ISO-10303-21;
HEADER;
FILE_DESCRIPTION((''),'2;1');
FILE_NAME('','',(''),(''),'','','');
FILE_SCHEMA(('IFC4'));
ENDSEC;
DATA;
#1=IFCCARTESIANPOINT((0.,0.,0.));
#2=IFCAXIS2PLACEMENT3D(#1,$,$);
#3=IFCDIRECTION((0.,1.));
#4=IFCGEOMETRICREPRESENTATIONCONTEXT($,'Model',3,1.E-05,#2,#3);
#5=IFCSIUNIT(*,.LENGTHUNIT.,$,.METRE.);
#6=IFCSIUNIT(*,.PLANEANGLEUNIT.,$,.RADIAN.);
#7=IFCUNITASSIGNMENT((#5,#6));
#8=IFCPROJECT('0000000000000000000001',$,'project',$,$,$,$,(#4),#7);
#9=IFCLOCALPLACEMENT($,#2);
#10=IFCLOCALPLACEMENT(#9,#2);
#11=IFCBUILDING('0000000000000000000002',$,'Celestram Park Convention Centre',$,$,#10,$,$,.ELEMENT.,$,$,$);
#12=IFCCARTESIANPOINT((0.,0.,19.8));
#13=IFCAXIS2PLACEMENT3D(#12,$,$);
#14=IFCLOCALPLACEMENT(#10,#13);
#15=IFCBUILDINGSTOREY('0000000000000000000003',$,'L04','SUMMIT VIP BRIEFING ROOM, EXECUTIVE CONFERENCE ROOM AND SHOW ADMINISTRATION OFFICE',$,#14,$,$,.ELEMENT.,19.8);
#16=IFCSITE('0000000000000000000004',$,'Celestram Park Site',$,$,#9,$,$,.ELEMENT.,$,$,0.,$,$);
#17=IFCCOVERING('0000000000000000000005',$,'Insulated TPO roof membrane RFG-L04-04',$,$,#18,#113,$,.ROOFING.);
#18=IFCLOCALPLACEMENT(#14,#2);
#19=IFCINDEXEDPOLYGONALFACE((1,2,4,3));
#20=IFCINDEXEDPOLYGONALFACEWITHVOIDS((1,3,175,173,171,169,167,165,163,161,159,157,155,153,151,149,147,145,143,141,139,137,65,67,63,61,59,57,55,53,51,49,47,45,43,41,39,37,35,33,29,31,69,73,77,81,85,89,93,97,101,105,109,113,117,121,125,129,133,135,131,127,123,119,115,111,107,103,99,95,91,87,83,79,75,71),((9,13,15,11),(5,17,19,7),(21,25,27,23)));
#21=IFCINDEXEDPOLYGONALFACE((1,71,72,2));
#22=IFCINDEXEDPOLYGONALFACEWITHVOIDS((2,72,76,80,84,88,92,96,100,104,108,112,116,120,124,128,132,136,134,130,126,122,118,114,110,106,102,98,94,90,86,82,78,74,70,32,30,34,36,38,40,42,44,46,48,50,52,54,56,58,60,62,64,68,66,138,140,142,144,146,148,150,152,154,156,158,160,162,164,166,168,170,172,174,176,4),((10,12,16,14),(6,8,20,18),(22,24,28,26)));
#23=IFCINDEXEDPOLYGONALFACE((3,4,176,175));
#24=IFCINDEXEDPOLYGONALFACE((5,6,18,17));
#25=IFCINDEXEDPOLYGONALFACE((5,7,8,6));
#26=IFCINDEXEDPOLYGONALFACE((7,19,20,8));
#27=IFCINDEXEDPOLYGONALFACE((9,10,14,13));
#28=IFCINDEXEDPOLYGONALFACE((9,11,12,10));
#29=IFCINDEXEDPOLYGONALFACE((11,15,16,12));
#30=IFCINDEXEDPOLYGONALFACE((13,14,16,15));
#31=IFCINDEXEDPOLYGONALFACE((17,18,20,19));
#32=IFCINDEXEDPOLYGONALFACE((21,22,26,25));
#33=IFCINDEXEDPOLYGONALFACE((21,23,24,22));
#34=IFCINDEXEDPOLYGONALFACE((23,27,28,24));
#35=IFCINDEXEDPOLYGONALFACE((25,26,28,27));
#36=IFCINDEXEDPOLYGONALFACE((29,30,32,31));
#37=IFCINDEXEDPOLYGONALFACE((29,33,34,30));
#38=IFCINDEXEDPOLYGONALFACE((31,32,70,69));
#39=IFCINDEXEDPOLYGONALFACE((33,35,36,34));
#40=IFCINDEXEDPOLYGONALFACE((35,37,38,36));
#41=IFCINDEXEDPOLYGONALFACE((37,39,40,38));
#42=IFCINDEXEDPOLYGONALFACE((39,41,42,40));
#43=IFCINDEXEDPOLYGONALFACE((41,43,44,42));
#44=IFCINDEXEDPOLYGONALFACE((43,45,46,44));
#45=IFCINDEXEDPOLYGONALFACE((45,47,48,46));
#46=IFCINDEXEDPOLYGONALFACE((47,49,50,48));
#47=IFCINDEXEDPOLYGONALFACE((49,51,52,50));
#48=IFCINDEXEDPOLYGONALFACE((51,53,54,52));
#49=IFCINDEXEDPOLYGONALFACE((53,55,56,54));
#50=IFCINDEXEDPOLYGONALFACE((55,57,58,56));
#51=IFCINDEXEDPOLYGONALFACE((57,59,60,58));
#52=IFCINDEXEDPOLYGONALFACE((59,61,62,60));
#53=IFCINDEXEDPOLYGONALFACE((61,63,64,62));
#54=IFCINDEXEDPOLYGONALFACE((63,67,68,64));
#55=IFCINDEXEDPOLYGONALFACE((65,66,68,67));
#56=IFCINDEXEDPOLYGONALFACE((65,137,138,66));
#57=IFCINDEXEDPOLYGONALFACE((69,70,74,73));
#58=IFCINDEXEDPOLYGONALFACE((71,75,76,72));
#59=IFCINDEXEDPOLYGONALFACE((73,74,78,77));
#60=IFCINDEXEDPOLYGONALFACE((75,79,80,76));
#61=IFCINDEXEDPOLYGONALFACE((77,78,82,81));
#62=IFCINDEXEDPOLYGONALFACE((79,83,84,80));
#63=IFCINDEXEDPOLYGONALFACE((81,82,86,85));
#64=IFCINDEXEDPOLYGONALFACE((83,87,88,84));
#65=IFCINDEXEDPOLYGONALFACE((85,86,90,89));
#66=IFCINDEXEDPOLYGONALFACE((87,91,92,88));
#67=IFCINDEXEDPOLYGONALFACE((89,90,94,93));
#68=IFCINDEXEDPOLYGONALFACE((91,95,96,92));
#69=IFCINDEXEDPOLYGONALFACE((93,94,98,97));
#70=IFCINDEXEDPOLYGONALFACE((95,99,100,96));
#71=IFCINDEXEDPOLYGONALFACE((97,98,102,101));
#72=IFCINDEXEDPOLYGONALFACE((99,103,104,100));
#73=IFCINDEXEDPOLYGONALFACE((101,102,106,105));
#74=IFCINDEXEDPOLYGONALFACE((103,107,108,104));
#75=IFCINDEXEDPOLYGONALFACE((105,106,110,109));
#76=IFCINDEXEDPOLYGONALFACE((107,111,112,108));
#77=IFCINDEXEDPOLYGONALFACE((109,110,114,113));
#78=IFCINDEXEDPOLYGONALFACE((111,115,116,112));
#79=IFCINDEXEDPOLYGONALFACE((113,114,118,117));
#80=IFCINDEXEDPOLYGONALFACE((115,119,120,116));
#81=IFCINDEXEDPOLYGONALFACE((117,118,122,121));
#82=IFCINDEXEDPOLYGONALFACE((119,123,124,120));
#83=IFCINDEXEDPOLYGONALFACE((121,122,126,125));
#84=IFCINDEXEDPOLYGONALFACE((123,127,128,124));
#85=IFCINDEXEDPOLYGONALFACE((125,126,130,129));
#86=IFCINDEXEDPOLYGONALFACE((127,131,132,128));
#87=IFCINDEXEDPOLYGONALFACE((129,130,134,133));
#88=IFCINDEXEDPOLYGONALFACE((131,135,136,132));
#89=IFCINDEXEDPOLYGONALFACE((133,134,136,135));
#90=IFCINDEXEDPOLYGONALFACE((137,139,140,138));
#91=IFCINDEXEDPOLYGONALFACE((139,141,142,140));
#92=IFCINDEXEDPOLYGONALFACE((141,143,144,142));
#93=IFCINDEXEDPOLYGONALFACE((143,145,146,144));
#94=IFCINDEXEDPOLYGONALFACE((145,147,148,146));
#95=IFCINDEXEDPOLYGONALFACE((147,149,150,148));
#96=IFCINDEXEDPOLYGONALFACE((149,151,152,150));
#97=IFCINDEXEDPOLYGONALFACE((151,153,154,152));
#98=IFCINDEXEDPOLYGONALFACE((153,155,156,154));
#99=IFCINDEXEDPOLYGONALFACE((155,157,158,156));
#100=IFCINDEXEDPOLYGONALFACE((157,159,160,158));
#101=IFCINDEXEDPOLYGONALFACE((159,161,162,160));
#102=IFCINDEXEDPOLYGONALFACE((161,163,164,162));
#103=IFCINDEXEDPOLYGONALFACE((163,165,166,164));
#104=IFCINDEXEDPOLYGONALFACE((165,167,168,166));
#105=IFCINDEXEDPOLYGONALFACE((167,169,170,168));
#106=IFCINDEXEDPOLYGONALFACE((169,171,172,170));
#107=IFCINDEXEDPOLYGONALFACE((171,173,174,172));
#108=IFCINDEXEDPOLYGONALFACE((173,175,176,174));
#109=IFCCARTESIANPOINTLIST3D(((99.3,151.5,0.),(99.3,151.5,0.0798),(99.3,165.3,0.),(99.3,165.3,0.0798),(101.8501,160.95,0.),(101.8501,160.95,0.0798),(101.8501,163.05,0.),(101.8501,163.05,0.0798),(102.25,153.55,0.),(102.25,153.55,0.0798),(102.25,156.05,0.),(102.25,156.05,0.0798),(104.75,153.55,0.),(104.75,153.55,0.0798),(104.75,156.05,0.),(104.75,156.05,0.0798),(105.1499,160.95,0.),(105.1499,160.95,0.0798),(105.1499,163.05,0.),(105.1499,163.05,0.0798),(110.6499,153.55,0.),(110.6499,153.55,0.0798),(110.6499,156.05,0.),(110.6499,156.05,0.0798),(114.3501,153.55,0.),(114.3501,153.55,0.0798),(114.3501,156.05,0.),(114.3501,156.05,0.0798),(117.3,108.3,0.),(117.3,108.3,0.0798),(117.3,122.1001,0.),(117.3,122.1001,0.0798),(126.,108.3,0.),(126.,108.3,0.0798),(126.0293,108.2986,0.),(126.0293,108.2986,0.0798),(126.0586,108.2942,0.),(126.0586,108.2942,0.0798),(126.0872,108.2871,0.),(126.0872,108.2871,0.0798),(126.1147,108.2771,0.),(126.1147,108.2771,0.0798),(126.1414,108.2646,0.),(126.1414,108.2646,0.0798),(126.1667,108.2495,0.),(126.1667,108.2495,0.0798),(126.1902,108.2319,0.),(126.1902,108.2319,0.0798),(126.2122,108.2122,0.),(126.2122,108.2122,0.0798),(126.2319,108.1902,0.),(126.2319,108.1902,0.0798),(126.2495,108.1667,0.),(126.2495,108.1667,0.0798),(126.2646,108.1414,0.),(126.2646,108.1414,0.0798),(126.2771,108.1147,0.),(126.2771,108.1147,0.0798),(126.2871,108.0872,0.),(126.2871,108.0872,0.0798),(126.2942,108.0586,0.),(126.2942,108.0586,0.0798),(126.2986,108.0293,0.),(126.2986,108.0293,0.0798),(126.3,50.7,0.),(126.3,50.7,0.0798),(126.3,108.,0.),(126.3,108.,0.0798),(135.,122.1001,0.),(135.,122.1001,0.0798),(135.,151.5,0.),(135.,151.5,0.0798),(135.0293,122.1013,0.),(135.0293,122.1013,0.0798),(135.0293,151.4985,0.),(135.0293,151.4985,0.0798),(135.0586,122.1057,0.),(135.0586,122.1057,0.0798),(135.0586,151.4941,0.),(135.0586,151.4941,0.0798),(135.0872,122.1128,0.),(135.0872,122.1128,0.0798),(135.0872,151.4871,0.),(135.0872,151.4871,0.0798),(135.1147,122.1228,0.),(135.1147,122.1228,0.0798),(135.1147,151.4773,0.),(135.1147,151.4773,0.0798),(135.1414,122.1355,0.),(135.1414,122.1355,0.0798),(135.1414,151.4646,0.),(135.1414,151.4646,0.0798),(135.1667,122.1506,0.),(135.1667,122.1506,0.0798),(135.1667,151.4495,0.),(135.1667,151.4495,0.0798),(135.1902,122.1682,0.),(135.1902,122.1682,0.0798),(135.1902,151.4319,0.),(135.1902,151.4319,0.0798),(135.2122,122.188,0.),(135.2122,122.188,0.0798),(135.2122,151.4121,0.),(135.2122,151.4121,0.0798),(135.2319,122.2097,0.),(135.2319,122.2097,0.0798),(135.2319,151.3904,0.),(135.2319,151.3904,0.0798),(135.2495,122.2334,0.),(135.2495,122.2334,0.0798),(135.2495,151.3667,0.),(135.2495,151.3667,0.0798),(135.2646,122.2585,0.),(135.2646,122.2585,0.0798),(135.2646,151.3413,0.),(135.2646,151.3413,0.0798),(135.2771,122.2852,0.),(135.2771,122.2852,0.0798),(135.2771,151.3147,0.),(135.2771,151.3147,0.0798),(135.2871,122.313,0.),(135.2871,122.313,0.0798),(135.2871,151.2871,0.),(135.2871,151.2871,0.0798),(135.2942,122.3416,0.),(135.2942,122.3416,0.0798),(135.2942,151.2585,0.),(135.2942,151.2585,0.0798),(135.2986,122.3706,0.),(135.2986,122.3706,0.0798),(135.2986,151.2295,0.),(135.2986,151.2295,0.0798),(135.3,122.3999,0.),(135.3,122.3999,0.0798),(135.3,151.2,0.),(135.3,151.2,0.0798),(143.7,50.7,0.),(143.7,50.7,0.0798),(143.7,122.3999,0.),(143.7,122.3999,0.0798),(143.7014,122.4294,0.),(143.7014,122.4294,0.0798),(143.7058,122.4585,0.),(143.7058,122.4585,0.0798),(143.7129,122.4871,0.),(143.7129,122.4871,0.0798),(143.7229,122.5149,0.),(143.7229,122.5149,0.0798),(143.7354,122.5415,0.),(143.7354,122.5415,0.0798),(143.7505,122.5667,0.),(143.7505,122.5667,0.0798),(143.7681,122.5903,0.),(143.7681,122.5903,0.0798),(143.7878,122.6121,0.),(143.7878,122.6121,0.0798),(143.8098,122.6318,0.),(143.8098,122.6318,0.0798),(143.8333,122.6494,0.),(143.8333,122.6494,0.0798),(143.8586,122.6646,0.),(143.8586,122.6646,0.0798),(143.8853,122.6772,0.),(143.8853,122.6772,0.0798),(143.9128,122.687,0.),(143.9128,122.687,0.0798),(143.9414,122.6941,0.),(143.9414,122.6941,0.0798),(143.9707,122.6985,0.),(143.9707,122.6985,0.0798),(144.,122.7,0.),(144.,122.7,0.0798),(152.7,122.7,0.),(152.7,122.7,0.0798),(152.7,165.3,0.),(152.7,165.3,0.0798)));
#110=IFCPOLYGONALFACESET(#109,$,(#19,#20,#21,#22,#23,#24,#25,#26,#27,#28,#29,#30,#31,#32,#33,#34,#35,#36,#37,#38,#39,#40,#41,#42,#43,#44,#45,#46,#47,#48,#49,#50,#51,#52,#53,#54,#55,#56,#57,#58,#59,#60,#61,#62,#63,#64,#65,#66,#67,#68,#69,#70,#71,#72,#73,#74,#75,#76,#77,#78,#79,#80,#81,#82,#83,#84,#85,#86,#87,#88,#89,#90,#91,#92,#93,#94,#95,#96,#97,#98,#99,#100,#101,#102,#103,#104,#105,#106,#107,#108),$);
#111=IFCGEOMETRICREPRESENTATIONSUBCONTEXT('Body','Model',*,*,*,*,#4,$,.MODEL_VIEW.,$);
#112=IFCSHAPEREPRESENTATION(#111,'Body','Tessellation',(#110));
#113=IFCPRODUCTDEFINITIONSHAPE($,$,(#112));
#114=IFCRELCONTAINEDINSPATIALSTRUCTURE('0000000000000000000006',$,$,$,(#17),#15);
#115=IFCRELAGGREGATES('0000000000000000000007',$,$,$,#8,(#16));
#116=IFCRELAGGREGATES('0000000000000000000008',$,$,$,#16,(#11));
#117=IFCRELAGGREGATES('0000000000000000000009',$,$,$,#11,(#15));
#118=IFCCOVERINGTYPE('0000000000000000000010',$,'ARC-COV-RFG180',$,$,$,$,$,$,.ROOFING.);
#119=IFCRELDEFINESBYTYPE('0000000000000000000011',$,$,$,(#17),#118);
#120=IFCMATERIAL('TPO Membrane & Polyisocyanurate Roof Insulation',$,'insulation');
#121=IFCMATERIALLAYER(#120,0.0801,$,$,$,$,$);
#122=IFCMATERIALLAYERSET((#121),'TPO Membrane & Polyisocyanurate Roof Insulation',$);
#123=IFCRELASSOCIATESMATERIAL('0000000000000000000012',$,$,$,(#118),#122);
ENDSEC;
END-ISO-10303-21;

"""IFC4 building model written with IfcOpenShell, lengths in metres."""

from ifc_helpers import new_model, si_unit, direction, frame, origin, place, context, subcontext, project, spatial, polyline, outline, extrude, material, layer, layer_set, type_object, element, save


model = new_model("IFC4")

# Units and contexts
model_context = context("Model", 3, precision=1e-05, world=origin(), true_north=direction((0.0, 1.0)))
body_context = subcontext(model_context, "Body", "Model", "MODEL_VIEW")
ifc_project = project(units=[si_unit("LENGTHUNIT", "METRE"), si_unit("PLANEANGLEUNIT", "RADIAN")], contexts=[model_context])

# Site, building, storey
site_placement = place(None, origin())
site = spatial("IfcSite", under=ifc_project, at=site_placement, Name="Celestram Park Site", CompositionType="ELEMENT", RefElevation=0.0)
building_placement = place(site_placement, origin())
building = spatial("IfcBuilding", under=site, at=building_placement, Name="Celestram Park Convention Centre", CompositionType="ELEMENT")
storey_placement = place(building_placement, frame((0.0, 0.0, 19.8)))
storey = spatial("IfcBuildingStorey", under=building, at=storey_placement, Name="L04", Description="SUMMIT VIP BRIEFING ROOM, EXECUTIVE CONFERENCE ROOM AND SHOW ADMINISTRATION OFFICE", CompositionType="ELEMENT", Elevation=19.8)

# Covering
ifc_material_1 = material(Name="TPO Membrane & Polyisocyanurate Roof Insulation", Category="insulation")
ifc_layer_1 = layer(ifc_material_1, 0.0801)
ifc_layer_set_1 = layer_set([ifc_layer_1], Name="TPO Membrane & Polyisocyanurate Roof Insulation")
covering_type_1 = type_object("IfcCoveringType", Name="ARC-COV-RFG180", PredefinedType="ROOFING", material=ifc_layer_set_1)
covering_1_placement = place(storey_placement, origin())
element("IfcCovering", 1, at=covering_1_placement, inside=storey, type_object=covering_type_1, Name="Insulated TPO roof membrane RFG-L04-04", PredefinedType="ROOFING", context=body_context, shape_type="SweptSolid", body=[
    extrude(outline(polyline([(126.2986, 108.0293), (126.2942, 108.0586), (126.2871, 108.0872), (126.2771, 108.1147), (126.2646, 108.1414), (126.2495, 108.1667), (126.2319, 108.1902), (126.2122, 108.2122), (126.1902, 108.2319), (126.1667, 108.2495), (126.1414, 108.2646), (126.1147, 108.2771), (126.0872, 108.2871), (126.0586, 108.2942), (126.0293, 108.2986), (126.0, 108.3), (117.3, 108.3), (117.3, 122.1001), (135.0, 122.1001), (135.0293, 122.1013), (135.0586, 122.1057), (135.0872, 122.1128), (135.1147, 122.1228), (135.1414, 122.1355), (135.1667, 122.1506), (135.1902, 122.1682), (135.2122, 122.188), (135.2319, 122.2097), (135.2495, 122.2334), (135.2646, 122.2585), (135.2771, 122.2852), (135.2871, 122.313), (135.2942, 122.3416), (135.2986, 122.3706), (135.3, 122.3999), (135.3, 151.2), (135.2986, 151.2295), (135.2942, 151.2585), (135.2871, 151.2871), (135.2771, 151.3147), (135.2646, 151.3413), (135.2495, 151.3667), (135.2319, 151.3904), (135.2122, 151.4121), (135.1902, 151.4319), (135.1667, 151.4495), (135.1414, 151.4646), (135.1147, 151.4773), (135.0872, 151.4871), (135.0586, 151.4941), (135.0293, 151.4985), (135.0, 151.5), (99.3, 151.5), (99.3, 165.3), (152.7, 165.3), (152.7, 122.7), (144.0, 122.7), (143.9707, 122.6985), (143.9414, 122.6941), (143.9128, 122.687), (143.8853, 122.6772), (143.8586, 122.6646), (143.8333, 122.6494), (143.8098, 122.6318), (143.7878, 122.6121), (143.7681, 122.5903), (143.7505, 122.5667), (143.7354, 122.5415), (143.7229, 122.5149), (143.7129, 122.4871), (143.7058, 122.4585), (143.7014, 122.4294), (143.7, 122.3999), (143.7, 50.7), (126.3, 50.7), (126.3, 108.0), (126.2986, 108.0293)]), holes=[polyline([(104.75, 153.55), (104.75, 156.05), (102.25, 156.05), (102.25, 153.55), (104.75, 153.55)]), polyline([(110.6499, 153.55), (114.3501, 153.55), (114.3501, 156.05), (110.6499, 156.05), (110.6499, 153.55)]), polyline([(101.8501, 160.95), (105.1499, 160.95), (105.1499, 163.05), (101.8501, 163.05), (101.8501, 160.95)])]), origin(), (0.0, 0.0, 1.0), 0.0798),
])

save(model, "model.ifc")
